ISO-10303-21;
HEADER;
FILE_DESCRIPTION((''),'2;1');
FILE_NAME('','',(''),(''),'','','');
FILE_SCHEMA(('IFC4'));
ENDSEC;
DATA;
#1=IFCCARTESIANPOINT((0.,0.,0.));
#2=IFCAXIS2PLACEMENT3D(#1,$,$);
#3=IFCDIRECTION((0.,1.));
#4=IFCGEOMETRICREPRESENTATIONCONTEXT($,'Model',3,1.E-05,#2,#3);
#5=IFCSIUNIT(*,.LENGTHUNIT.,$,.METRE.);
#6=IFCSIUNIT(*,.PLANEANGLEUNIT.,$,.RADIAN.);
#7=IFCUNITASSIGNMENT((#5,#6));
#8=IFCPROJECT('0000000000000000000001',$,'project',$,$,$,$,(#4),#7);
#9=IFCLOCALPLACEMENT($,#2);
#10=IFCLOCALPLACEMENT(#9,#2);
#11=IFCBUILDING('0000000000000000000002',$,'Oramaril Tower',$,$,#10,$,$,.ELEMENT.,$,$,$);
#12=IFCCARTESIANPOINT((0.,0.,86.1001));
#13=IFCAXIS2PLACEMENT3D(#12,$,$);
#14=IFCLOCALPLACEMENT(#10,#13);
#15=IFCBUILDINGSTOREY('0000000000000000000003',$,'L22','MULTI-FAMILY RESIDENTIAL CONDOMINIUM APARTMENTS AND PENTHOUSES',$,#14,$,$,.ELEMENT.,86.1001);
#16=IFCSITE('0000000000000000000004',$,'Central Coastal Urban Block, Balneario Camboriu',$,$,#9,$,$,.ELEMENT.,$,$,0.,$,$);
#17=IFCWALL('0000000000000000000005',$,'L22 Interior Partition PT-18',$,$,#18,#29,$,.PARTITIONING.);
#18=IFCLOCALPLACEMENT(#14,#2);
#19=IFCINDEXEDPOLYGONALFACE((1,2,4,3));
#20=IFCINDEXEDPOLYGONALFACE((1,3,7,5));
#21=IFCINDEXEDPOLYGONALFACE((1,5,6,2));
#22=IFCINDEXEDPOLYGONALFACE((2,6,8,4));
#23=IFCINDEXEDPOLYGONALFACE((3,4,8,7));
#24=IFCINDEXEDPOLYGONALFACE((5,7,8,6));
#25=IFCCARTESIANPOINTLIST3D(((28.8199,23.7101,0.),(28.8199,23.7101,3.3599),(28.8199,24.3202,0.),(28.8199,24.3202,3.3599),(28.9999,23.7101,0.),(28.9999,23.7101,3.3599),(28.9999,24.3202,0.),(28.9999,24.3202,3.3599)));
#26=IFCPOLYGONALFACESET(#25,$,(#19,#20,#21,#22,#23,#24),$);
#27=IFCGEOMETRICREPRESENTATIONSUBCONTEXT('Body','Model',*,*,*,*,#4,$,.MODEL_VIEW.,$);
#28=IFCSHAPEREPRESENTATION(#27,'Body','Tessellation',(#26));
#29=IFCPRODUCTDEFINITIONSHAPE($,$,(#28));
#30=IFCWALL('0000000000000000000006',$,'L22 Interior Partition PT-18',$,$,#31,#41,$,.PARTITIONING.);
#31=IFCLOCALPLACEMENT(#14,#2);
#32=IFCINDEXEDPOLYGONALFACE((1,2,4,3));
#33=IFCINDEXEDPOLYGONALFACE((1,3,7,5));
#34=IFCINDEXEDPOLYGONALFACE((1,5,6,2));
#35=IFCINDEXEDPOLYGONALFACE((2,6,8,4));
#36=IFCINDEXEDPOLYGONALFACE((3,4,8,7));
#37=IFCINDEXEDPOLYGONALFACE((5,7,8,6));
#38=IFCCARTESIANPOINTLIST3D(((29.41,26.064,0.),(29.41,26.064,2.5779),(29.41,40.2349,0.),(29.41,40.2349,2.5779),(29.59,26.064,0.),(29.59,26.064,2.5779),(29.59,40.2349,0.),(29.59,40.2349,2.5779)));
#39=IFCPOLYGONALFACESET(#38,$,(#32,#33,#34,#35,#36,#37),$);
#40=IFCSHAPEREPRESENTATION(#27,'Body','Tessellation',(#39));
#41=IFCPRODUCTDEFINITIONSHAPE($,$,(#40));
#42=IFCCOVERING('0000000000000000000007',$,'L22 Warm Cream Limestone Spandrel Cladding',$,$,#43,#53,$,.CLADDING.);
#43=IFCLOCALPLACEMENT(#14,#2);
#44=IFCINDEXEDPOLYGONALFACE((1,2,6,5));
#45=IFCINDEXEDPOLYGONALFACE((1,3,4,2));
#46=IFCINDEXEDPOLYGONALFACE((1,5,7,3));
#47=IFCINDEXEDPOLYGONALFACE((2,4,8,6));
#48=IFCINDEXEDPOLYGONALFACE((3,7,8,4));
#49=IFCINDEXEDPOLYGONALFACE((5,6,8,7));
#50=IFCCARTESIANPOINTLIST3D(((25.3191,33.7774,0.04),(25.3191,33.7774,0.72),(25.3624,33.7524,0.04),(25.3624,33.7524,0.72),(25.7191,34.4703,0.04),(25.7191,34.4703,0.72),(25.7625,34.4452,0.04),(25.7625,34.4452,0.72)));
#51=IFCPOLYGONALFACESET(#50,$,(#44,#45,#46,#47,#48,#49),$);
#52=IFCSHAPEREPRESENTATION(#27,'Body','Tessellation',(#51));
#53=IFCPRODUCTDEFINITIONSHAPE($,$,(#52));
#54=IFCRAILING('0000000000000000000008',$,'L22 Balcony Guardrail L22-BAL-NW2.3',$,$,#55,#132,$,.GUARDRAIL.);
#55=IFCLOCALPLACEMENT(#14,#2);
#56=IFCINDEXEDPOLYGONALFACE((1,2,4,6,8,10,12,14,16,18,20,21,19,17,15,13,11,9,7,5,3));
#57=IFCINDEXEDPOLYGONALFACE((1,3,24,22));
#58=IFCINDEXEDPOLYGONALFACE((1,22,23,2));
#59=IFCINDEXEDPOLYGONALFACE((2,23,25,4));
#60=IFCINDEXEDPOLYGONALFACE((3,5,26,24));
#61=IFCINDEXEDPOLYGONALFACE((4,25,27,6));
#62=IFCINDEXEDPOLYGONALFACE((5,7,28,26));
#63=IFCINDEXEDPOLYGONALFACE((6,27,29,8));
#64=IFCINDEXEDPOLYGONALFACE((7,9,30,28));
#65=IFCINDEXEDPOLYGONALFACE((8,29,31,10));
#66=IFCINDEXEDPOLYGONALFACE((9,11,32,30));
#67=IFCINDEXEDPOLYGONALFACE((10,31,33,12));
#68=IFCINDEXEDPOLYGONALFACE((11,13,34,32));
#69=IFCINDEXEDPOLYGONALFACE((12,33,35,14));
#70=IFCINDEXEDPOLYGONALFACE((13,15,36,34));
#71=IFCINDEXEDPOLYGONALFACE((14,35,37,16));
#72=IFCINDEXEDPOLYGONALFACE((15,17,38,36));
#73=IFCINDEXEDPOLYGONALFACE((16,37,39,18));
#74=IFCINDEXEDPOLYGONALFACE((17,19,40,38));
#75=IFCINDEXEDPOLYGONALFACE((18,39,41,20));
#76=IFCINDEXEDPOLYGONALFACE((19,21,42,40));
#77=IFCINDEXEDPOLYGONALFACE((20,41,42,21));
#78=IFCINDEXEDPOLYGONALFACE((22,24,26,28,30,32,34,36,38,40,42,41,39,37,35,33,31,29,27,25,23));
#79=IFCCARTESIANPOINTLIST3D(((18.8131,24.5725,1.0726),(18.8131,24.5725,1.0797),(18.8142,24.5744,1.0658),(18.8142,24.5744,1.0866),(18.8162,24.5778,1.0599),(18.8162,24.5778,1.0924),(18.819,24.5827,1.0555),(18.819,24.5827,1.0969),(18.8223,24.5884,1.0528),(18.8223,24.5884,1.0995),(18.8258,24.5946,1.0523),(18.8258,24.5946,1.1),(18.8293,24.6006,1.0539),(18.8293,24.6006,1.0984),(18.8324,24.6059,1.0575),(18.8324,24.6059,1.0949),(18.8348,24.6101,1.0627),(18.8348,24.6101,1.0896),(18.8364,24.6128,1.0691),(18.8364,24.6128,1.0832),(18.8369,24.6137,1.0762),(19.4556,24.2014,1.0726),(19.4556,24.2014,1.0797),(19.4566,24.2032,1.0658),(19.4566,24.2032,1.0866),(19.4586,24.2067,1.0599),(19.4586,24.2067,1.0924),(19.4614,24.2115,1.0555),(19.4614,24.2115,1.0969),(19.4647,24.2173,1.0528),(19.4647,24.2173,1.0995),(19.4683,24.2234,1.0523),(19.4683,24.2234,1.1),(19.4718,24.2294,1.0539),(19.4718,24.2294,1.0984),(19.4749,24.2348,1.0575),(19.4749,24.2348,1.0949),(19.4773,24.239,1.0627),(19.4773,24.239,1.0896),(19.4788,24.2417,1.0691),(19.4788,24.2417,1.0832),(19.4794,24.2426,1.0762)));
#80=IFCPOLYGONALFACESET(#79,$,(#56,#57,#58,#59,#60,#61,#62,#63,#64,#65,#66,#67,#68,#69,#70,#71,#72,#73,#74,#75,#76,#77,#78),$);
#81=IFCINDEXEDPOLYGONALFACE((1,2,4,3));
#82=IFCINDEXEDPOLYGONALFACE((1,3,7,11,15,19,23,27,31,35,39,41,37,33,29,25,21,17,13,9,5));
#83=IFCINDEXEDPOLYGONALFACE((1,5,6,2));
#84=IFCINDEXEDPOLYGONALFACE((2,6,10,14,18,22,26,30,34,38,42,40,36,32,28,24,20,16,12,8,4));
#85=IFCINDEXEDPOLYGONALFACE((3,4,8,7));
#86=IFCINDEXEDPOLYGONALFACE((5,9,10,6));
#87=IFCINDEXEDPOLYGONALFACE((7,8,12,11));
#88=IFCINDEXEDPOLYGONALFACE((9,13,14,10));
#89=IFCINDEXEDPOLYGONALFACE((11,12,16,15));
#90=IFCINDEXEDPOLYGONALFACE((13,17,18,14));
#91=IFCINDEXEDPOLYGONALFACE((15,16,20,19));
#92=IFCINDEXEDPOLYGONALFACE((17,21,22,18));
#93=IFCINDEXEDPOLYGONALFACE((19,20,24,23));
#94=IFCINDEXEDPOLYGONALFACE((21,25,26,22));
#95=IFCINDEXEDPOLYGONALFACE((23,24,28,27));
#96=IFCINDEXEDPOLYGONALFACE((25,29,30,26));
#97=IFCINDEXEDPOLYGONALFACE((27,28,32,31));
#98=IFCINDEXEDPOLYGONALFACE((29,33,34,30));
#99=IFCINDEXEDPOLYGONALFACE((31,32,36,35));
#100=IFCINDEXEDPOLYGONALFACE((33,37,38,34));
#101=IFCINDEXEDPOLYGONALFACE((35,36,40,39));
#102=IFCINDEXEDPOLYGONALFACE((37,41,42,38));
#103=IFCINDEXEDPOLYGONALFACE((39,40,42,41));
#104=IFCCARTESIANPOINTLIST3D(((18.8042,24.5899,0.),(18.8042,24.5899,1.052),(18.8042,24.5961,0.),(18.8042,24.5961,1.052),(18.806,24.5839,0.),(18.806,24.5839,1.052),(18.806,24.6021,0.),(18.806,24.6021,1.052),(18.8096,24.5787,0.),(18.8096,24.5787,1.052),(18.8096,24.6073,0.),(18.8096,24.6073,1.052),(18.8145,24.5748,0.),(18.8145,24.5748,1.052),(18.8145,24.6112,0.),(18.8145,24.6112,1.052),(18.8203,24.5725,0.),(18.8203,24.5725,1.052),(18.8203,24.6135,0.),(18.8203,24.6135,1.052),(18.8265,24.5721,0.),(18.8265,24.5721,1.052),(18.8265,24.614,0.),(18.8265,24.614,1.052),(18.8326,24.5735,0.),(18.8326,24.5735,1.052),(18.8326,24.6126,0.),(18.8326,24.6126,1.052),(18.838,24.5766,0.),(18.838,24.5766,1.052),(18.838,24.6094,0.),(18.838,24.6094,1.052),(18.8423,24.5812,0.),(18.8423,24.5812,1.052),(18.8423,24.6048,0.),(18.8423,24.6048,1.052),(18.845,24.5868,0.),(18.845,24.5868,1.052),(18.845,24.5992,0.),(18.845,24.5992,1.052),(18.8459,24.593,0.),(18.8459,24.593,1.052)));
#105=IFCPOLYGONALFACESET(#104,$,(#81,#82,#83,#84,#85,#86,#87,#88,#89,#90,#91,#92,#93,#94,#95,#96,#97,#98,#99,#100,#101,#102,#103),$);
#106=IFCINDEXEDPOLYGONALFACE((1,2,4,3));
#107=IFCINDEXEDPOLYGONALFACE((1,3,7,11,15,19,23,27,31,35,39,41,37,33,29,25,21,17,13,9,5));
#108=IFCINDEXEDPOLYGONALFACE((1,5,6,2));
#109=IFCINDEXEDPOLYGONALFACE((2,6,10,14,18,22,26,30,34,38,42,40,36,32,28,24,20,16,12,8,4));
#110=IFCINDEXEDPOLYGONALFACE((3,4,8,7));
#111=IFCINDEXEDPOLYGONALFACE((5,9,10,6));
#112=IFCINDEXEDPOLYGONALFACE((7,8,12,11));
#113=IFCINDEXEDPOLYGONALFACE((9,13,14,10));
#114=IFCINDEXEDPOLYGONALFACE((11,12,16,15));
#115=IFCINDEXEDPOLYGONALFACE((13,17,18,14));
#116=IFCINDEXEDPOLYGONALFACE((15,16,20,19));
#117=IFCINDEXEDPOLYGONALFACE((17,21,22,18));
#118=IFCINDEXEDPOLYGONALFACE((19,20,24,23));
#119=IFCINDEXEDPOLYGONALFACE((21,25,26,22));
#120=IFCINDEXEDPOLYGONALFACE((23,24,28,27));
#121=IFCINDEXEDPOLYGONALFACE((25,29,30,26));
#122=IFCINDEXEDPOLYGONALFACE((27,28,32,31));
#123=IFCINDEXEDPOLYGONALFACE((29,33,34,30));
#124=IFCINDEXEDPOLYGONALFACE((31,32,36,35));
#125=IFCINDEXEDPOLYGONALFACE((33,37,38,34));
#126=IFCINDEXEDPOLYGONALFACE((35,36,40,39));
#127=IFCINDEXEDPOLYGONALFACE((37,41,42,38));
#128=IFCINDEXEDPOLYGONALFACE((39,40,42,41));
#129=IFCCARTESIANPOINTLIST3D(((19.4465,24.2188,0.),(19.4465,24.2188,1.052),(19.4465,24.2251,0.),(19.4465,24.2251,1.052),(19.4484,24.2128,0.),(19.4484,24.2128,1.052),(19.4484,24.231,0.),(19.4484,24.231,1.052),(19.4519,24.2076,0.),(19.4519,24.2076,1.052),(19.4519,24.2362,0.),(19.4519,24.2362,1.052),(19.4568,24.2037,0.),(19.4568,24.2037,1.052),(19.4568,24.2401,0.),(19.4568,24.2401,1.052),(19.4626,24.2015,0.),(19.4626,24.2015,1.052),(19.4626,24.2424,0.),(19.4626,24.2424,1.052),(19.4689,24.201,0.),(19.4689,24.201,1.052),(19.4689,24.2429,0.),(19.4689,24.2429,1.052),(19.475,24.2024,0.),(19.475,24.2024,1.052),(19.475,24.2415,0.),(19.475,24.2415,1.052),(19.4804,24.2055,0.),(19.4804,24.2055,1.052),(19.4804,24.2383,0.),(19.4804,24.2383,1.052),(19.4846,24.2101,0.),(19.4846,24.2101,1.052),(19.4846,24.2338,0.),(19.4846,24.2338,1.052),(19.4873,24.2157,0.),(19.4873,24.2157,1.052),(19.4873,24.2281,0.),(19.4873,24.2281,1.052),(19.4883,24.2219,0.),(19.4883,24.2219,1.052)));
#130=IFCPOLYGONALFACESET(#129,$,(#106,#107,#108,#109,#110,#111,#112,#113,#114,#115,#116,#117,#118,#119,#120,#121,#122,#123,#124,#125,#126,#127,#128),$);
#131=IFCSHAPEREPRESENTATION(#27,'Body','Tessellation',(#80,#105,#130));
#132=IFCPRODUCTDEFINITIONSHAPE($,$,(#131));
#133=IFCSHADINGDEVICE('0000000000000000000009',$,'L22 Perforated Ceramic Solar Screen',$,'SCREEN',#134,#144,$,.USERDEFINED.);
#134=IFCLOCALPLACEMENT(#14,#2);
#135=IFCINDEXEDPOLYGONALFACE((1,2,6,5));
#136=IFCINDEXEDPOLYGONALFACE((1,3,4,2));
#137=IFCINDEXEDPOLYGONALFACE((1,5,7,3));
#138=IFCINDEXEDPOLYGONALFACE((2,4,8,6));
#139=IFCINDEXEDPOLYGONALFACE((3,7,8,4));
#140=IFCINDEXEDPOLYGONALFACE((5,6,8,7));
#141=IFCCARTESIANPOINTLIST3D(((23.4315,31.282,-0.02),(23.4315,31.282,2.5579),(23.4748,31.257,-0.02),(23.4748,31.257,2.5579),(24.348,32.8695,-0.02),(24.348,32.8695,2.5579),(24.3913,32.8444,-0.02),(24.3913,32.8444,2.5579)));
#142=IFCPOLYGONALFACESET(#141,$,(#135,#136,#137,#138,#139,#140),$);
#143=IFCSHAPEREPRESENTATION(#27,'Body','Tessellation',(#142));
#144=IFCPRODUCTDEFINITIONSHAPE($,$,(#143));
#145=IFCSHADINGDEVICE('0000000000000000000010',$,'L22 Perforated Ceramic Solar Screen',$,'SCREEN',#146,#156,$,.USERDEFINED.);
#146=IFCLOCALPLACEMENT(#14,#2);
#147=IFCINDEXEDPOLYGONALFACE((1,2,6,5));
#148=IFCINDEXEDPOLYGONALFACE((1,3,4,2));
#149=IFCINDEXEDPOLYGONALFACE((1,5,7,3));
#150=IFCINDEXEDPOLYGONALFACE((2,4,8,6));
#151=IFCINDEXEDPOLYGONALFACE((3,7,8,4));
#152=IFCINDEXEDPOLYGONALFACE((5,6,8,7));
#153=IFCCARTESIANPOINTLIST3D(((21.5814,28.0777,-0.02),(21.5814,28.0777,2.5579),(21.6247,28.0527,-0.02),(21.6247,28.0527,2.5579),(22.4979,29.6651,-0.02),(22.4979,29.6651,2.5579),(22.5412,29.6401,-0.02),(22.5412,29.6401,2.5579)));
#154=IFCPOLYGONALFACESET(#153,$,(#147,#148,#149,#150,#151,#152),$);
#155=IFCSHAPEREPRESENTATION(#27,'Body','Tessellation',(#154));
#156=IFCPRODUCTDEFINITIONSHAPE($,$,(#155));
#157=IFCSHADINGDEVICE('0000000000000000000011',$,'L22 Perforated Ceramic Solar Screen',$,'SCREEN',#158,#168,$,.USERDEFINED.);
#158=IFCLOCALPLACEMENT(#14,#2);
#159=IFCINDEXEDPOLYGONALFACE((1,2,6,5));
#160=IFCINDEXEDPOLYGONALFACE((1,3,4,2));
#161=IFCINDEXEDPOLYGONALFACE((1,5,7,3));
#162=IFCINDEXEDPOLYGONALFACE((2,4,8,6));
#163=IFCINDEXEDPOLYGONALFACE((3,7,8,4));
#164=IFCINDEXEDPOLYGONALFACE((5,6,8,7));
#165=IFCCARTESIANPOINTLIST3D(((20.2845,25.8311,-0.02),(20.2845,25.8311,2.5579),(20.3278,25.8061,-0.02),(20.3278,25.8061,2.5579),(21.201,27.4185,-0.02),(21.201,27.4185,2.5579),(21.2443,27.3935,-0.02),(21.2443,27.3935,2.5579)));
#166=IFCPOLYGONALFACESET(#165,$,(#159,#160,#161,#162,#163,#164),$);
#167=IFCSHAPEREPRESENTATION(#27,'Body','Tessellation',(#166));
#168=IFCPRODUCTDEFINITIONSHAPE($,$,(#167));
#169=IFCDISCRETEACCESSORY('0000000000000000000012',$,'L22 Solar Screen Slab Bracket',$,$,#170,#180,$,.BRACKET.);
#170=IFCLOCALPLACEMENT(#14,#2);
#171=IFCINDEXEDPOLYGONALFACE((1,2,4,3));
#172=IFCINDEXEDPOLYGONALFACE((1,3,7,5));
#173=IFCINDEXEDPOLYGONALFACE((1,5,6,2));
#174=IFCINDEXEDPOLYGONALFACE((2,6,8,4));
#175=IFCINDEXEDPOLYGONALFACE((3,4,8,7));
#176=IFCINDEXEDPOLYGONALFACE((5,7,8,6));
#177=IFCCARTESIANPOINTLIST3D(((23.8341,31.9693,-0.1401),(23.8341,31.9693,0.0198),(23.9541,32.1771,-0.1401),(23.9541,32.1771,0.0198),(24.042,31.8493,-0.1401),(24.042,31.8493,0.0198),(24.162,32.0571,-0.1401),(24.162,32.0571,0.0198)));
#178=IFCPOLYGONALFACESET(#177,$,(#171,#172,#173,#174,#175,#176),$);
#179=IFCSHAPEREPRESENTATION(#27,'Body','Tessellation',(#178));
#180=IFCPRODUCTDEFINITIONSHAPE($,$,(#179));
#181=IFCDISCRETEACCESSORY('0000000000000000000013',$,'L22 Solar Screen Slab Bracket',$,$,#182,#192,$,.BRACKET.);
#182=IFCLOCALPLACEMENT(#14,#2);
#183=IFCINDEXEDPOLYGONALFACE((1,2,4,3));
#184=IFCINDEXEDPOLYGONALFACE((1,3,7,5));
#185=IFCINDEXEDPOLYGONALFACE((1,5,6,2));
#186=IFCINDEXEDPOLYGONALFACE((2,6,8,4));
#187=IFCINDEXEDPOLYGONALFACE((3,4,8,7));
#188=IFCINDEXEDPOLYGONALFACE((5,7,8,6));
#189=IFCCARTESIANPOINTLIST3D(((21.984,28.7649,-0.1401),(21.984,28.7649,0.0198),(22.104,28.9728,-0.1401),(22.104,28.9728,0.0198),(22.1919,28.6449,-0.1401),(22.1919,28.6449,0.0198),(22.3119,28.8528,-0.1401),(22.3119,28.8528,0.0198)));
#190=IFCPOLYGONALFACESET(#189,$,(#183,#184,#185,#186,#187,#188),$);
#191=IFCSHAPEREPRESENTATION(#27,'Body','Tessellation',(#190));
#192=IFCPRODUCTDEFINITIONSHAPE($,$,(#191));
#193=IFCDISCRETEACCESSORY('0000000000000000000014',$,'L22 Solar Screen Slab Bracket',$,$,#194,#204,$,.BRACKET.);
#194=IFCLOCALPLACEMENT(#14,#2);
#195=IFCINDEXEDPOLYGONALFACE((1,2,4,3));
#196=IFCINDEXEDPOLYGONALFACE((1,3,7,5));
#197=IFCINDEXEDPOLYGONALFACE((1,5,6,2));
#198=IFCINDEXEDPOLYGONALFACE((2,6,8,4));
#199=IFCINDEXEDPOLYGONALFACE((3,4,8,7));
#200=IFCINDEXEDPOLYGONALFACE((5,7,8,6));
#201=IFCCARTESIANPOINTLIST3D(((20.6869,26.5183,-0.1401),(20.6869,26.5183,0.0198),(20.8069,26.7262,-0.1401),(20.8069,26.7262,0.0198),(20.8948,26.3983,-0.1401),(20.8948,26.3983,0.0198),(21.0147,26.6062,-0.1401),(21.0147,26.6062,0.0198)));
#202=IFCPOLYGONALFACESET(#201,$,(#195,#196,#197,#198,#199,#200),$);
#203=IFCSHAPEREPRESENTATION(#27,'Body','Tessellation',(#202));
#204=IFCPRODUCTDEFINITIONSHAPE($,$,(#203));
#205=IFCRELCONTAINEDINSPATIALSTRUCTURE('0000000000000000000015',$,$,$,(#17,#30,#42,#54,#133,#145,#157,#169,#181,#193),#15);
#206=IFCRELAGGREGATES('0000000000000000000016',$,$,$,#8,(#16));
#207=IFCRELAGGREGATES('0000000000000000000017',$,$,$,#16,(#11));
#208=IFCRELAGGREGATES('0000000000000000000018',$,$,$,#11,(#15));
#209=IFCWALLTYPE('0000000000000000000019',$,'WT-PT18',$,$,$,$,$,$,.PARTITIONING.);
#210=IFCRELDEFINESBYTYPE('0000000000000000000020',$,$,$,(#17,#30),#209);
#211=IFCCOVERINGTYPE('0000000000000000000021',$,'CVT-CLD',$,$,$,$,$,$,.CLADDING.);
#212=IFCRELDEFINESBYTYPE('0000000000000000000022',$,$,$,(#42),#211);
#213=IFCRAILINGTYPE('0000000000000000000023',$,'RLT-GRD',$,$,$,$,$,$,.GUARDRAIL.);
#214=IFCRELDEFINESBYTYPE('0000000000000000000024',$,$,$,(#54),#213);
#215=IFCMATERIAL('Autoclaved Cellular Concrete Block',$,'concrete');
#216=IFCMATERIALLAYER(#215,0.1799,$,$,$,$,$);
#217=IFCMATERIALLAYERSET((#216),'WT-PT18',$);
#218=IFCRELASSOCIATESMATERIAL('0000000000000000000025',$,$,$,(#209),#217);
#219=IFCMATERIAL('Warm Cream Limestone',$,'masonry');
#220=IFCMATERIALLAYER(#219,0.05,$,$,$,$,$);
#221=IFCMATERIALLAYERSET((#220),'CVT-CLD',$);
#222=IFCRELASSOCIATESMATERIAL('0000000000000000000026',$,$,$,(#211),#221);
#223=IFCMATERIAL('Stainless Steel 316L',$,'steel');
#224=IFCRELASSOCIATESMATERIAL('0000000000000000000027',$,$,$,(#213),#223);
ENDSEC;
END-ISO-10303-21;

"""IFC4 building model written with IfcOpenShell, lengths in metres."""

from ifc_helpers import new_model, si_unit, direction, frame, frame_2d, origin, origin_2d, place, context, subcontext, project, spatial, rectangle, circle, extrude, material, layer, layer_set, type_object, element, save


model = new_model("IFC4")

# Units and contexts
model_context = context("Model", 3, precision=1e-05, world=origin(), true_north=direction((0.0, 1.0)))
body_context = subcontext(model_context, "Body", "Model", "MODEL_VIEW")
ifc_project = project(units=[si_unit("LENGTHUNIT", "METRE"), si_unit("PLANEANGLEUNIT", "RADIAN")], contexts=[model_context])

# Site, building, storey
site_placement = place(None, origin())
site = spatial("IfcSite", under=ifc_project, at=site_placement, Name="Central Coastal Urban Block, Balneario Camboriu", CompositionType="ELEMENT", RefElevation=0.0)
building_placement = place(site_placement, origin())
building = spatial("IfcBuilding", under=site, at=building_placement, Name="Oramaril Tower", CompositionType="ELEMENT")
storey_placement = place(building_placement, frame((0.0, 0.0, 86.1001)))
storey = spatial("IfcBuildingStorey", under=building, at=storey_placement, Name="L22", Description="MULTI-FAMILY RESIDENTIAL CONDOMINIUM APARTMENTS AND PENTHOUSES", CompositionType="ELEMENT", Elevation=86.1001)

# Shared definitions
ifc_material_1 = material(Name="Autoclaved Cellular Concrete Block", Category="concrete")
ifc_layer_1 = layer(ifc_material_1, 0.1799)
ifc_layer_set_1 = layer_set([ifc_layer_1], Name="WT-PT18")
wall_type_1 = type_object("IfcWallType", Name="WT-PT18", PredefinedType="PARTITIONING", material=ifc_layer_set_1)

# Walls
wall_1_placement = place(storey_placement, frame((28.9099, 23.71, 0.0), z_axis=(0.0, 0.0, 1.0), x_axis=(0.0, 1.0, 0.0)))
element("IfcWall", 1, at=wall_1_placement, inside=storey, type_object=wall_type_1, Name="L22 Interior Partition PT-18", PredefinedType="PARTITIONING", context=body_context, shape_type="SweptSolid", body=[
    extrude(rectangle(XDim=0.6101, YDim=0.1799, at=frame_2d((0.3052, 0.0))), origin(), (0.0, 0.0, 1.0), 3.3599),
])
wall_2_placement = place(storey_placement, frame((29.5, 26.064, 0.0), z_axis=(0.0, 0.0, 1.0), x_axis=(0.0, 1.0, 0.0)))
element("IfcWall", 2, at=wall_2_placement, inside=storey, type_object=wall_type_1, Name="L22 Interior Partition PT-18", PredefinedType="PARTITIONING", context=body_context, shape_type="SweptSolid", body=[
    extrude(rectangle(XDim=14.1709, YDim=0.1799, at=frame_2d((7.0854, 0.0))), origin(), (0.0, 0.0, 1.0), 2.5779),
])

# Covering
ifc_material_2 = material(Name="Warm Cream Limestone", Category="masonry")
ifc_layer_2 = layer(ifc_material_2, 0.05)
ifc_layer_set_2 = layer_set([ifc_layer_2], Name="CVT-CLD")
covering_type = type_object("IfcCoveringType", Name="CVT-CLD", PredefinedType="CLADDING", material=ifc_layer_set_2)
covering_placement = place(storey_placement, frame((25.5408, 34.1113, 0.04), z_axis=(0.0, 0.0, 1.0), x_axis=(-0.5, -0.866025, 0.0)))
element("IfcCovering", 3, at=covering_placement, inside=storey, type_object=covering_type, Name="L22 Warm Cream Limestone Spandrel Cladding", PredefinedType="CLADDING", context=body_context, shape_type="SweptSolid", body=[
    extrude(rectangle(XDim=0.8, YDim=0.05, at=origin_2d()), origin(), (0.0, 0.0, 1.0), 0.6799),
])

# Railing
ifc_material_3 = material(Name="Stainless Steel 316L", Category="steel")
railing_type = type_object("IfcRailingType", Name="RLT-GRD", PredefinedType="GUARDRAIL", material=ifc_material_3)
railing_placement = place(storey_placement, frame((18.825, 24.593, 0.0)))
element("IfcRailing", 4, at=railing_placement, inside=storey, type_object=railing_type, Name="L22 Balcony Guardrail L22-BAL-NW2.3", PredefinedType="GUARDRAIL", context=body_context, shape_type="SweptSolid", body=[
    extrude(circle(Radius=0.0239, at=origin_2d()), frame((0.0, 0.0, 1.0762), z_axis=(0.865884, -0.500245, 0.0), x_axis=(0.500245, 0.865884, 0.0)), (0.0, 0.0, 1.0), 0.7419),
    extrude(circle(Radius=0.021, at=origin_2d()), origin(), (0.0, 0.0, 1.0), 1.052),
    extrude(circle(Radius=0.021, at=origin_2d()), frame((0.6423, -0.3711, 0.0)), (0.0, 0.0, 1.0), 1.052),
])

# Shading devices
for number, where, z_axis, x_axis, name in (
    (5, (23.9114, 32.0632, -0.02), (0.0, 0.0, 1.0), (-0.5, -0.866025, 0.0), "L22 Perforated Ceramic Solar Screen"),
    (6, (22.0613, 28.8589, -0.02), (0.0, 0.0, 1.0), (-0.5, -0.866025, 0.0), "L22 Perforated Ceramic Solar Screen"),
    (7, (20.7644, 26.6123, -0.02), (0.0, 0.0, 1.0), (-0.5, -0.866025, 0.0), "L22 Perforated Ceramic Solar Screen"),
):
    element("IfcShadingDevice", number, at=place(storey_placement, frame(where, z_axis=z_axis, x_axis=x_axis)), inside=storey, Name=name, ObjectType="SCREEN", PredefinedType="USERDEFINED", context=body_context, shape_type="SweptSolid", body=[
        extrude(rectangle(XDim=1.833, YDim=0.05, at=origin_2d()), origin(), (0.0, 0.0, 1.0), 2.5779),
    ])

# Discrete accessories
for number, where, z_axis, x_axis, name in (
    (8, (23.998, 32.0132, -0.1401), (0.0, 0.0, 1.0), (-0.5, -0.866025, 0.0), "L22 Solar Screen Slab Bracket"),
    (9, (22.1479, 28.8088, -0.1401), (0.0, 0.0, 1.0), (-0.5, -0.866025, 0.0), "L22 Solar Screen Slab Bracket"),
    (10, (20.8508, 26.5623, -0.1401), (0.0, 0.0, 1.0), (-0.5, -0.866025, 0.0), "L22 Solar Screen Slab Bracket"),
):
    element("IfcDiscreteAccessory", number, at=place(storey_placement, frame(where, z_axis=z_axis, x_axis=x_axis)), inside=storey, Name=name, PredefinedType="BRACKET", context=body_context, shape_type="SweptSolid", body=[
        extrude(rectangle(XDim=0.24, YDim=0.24, at=origin_2d()), origin(), (0.0, 0.0, 1.0), 0.1599),
    ])

save(model, "model.ifc")
